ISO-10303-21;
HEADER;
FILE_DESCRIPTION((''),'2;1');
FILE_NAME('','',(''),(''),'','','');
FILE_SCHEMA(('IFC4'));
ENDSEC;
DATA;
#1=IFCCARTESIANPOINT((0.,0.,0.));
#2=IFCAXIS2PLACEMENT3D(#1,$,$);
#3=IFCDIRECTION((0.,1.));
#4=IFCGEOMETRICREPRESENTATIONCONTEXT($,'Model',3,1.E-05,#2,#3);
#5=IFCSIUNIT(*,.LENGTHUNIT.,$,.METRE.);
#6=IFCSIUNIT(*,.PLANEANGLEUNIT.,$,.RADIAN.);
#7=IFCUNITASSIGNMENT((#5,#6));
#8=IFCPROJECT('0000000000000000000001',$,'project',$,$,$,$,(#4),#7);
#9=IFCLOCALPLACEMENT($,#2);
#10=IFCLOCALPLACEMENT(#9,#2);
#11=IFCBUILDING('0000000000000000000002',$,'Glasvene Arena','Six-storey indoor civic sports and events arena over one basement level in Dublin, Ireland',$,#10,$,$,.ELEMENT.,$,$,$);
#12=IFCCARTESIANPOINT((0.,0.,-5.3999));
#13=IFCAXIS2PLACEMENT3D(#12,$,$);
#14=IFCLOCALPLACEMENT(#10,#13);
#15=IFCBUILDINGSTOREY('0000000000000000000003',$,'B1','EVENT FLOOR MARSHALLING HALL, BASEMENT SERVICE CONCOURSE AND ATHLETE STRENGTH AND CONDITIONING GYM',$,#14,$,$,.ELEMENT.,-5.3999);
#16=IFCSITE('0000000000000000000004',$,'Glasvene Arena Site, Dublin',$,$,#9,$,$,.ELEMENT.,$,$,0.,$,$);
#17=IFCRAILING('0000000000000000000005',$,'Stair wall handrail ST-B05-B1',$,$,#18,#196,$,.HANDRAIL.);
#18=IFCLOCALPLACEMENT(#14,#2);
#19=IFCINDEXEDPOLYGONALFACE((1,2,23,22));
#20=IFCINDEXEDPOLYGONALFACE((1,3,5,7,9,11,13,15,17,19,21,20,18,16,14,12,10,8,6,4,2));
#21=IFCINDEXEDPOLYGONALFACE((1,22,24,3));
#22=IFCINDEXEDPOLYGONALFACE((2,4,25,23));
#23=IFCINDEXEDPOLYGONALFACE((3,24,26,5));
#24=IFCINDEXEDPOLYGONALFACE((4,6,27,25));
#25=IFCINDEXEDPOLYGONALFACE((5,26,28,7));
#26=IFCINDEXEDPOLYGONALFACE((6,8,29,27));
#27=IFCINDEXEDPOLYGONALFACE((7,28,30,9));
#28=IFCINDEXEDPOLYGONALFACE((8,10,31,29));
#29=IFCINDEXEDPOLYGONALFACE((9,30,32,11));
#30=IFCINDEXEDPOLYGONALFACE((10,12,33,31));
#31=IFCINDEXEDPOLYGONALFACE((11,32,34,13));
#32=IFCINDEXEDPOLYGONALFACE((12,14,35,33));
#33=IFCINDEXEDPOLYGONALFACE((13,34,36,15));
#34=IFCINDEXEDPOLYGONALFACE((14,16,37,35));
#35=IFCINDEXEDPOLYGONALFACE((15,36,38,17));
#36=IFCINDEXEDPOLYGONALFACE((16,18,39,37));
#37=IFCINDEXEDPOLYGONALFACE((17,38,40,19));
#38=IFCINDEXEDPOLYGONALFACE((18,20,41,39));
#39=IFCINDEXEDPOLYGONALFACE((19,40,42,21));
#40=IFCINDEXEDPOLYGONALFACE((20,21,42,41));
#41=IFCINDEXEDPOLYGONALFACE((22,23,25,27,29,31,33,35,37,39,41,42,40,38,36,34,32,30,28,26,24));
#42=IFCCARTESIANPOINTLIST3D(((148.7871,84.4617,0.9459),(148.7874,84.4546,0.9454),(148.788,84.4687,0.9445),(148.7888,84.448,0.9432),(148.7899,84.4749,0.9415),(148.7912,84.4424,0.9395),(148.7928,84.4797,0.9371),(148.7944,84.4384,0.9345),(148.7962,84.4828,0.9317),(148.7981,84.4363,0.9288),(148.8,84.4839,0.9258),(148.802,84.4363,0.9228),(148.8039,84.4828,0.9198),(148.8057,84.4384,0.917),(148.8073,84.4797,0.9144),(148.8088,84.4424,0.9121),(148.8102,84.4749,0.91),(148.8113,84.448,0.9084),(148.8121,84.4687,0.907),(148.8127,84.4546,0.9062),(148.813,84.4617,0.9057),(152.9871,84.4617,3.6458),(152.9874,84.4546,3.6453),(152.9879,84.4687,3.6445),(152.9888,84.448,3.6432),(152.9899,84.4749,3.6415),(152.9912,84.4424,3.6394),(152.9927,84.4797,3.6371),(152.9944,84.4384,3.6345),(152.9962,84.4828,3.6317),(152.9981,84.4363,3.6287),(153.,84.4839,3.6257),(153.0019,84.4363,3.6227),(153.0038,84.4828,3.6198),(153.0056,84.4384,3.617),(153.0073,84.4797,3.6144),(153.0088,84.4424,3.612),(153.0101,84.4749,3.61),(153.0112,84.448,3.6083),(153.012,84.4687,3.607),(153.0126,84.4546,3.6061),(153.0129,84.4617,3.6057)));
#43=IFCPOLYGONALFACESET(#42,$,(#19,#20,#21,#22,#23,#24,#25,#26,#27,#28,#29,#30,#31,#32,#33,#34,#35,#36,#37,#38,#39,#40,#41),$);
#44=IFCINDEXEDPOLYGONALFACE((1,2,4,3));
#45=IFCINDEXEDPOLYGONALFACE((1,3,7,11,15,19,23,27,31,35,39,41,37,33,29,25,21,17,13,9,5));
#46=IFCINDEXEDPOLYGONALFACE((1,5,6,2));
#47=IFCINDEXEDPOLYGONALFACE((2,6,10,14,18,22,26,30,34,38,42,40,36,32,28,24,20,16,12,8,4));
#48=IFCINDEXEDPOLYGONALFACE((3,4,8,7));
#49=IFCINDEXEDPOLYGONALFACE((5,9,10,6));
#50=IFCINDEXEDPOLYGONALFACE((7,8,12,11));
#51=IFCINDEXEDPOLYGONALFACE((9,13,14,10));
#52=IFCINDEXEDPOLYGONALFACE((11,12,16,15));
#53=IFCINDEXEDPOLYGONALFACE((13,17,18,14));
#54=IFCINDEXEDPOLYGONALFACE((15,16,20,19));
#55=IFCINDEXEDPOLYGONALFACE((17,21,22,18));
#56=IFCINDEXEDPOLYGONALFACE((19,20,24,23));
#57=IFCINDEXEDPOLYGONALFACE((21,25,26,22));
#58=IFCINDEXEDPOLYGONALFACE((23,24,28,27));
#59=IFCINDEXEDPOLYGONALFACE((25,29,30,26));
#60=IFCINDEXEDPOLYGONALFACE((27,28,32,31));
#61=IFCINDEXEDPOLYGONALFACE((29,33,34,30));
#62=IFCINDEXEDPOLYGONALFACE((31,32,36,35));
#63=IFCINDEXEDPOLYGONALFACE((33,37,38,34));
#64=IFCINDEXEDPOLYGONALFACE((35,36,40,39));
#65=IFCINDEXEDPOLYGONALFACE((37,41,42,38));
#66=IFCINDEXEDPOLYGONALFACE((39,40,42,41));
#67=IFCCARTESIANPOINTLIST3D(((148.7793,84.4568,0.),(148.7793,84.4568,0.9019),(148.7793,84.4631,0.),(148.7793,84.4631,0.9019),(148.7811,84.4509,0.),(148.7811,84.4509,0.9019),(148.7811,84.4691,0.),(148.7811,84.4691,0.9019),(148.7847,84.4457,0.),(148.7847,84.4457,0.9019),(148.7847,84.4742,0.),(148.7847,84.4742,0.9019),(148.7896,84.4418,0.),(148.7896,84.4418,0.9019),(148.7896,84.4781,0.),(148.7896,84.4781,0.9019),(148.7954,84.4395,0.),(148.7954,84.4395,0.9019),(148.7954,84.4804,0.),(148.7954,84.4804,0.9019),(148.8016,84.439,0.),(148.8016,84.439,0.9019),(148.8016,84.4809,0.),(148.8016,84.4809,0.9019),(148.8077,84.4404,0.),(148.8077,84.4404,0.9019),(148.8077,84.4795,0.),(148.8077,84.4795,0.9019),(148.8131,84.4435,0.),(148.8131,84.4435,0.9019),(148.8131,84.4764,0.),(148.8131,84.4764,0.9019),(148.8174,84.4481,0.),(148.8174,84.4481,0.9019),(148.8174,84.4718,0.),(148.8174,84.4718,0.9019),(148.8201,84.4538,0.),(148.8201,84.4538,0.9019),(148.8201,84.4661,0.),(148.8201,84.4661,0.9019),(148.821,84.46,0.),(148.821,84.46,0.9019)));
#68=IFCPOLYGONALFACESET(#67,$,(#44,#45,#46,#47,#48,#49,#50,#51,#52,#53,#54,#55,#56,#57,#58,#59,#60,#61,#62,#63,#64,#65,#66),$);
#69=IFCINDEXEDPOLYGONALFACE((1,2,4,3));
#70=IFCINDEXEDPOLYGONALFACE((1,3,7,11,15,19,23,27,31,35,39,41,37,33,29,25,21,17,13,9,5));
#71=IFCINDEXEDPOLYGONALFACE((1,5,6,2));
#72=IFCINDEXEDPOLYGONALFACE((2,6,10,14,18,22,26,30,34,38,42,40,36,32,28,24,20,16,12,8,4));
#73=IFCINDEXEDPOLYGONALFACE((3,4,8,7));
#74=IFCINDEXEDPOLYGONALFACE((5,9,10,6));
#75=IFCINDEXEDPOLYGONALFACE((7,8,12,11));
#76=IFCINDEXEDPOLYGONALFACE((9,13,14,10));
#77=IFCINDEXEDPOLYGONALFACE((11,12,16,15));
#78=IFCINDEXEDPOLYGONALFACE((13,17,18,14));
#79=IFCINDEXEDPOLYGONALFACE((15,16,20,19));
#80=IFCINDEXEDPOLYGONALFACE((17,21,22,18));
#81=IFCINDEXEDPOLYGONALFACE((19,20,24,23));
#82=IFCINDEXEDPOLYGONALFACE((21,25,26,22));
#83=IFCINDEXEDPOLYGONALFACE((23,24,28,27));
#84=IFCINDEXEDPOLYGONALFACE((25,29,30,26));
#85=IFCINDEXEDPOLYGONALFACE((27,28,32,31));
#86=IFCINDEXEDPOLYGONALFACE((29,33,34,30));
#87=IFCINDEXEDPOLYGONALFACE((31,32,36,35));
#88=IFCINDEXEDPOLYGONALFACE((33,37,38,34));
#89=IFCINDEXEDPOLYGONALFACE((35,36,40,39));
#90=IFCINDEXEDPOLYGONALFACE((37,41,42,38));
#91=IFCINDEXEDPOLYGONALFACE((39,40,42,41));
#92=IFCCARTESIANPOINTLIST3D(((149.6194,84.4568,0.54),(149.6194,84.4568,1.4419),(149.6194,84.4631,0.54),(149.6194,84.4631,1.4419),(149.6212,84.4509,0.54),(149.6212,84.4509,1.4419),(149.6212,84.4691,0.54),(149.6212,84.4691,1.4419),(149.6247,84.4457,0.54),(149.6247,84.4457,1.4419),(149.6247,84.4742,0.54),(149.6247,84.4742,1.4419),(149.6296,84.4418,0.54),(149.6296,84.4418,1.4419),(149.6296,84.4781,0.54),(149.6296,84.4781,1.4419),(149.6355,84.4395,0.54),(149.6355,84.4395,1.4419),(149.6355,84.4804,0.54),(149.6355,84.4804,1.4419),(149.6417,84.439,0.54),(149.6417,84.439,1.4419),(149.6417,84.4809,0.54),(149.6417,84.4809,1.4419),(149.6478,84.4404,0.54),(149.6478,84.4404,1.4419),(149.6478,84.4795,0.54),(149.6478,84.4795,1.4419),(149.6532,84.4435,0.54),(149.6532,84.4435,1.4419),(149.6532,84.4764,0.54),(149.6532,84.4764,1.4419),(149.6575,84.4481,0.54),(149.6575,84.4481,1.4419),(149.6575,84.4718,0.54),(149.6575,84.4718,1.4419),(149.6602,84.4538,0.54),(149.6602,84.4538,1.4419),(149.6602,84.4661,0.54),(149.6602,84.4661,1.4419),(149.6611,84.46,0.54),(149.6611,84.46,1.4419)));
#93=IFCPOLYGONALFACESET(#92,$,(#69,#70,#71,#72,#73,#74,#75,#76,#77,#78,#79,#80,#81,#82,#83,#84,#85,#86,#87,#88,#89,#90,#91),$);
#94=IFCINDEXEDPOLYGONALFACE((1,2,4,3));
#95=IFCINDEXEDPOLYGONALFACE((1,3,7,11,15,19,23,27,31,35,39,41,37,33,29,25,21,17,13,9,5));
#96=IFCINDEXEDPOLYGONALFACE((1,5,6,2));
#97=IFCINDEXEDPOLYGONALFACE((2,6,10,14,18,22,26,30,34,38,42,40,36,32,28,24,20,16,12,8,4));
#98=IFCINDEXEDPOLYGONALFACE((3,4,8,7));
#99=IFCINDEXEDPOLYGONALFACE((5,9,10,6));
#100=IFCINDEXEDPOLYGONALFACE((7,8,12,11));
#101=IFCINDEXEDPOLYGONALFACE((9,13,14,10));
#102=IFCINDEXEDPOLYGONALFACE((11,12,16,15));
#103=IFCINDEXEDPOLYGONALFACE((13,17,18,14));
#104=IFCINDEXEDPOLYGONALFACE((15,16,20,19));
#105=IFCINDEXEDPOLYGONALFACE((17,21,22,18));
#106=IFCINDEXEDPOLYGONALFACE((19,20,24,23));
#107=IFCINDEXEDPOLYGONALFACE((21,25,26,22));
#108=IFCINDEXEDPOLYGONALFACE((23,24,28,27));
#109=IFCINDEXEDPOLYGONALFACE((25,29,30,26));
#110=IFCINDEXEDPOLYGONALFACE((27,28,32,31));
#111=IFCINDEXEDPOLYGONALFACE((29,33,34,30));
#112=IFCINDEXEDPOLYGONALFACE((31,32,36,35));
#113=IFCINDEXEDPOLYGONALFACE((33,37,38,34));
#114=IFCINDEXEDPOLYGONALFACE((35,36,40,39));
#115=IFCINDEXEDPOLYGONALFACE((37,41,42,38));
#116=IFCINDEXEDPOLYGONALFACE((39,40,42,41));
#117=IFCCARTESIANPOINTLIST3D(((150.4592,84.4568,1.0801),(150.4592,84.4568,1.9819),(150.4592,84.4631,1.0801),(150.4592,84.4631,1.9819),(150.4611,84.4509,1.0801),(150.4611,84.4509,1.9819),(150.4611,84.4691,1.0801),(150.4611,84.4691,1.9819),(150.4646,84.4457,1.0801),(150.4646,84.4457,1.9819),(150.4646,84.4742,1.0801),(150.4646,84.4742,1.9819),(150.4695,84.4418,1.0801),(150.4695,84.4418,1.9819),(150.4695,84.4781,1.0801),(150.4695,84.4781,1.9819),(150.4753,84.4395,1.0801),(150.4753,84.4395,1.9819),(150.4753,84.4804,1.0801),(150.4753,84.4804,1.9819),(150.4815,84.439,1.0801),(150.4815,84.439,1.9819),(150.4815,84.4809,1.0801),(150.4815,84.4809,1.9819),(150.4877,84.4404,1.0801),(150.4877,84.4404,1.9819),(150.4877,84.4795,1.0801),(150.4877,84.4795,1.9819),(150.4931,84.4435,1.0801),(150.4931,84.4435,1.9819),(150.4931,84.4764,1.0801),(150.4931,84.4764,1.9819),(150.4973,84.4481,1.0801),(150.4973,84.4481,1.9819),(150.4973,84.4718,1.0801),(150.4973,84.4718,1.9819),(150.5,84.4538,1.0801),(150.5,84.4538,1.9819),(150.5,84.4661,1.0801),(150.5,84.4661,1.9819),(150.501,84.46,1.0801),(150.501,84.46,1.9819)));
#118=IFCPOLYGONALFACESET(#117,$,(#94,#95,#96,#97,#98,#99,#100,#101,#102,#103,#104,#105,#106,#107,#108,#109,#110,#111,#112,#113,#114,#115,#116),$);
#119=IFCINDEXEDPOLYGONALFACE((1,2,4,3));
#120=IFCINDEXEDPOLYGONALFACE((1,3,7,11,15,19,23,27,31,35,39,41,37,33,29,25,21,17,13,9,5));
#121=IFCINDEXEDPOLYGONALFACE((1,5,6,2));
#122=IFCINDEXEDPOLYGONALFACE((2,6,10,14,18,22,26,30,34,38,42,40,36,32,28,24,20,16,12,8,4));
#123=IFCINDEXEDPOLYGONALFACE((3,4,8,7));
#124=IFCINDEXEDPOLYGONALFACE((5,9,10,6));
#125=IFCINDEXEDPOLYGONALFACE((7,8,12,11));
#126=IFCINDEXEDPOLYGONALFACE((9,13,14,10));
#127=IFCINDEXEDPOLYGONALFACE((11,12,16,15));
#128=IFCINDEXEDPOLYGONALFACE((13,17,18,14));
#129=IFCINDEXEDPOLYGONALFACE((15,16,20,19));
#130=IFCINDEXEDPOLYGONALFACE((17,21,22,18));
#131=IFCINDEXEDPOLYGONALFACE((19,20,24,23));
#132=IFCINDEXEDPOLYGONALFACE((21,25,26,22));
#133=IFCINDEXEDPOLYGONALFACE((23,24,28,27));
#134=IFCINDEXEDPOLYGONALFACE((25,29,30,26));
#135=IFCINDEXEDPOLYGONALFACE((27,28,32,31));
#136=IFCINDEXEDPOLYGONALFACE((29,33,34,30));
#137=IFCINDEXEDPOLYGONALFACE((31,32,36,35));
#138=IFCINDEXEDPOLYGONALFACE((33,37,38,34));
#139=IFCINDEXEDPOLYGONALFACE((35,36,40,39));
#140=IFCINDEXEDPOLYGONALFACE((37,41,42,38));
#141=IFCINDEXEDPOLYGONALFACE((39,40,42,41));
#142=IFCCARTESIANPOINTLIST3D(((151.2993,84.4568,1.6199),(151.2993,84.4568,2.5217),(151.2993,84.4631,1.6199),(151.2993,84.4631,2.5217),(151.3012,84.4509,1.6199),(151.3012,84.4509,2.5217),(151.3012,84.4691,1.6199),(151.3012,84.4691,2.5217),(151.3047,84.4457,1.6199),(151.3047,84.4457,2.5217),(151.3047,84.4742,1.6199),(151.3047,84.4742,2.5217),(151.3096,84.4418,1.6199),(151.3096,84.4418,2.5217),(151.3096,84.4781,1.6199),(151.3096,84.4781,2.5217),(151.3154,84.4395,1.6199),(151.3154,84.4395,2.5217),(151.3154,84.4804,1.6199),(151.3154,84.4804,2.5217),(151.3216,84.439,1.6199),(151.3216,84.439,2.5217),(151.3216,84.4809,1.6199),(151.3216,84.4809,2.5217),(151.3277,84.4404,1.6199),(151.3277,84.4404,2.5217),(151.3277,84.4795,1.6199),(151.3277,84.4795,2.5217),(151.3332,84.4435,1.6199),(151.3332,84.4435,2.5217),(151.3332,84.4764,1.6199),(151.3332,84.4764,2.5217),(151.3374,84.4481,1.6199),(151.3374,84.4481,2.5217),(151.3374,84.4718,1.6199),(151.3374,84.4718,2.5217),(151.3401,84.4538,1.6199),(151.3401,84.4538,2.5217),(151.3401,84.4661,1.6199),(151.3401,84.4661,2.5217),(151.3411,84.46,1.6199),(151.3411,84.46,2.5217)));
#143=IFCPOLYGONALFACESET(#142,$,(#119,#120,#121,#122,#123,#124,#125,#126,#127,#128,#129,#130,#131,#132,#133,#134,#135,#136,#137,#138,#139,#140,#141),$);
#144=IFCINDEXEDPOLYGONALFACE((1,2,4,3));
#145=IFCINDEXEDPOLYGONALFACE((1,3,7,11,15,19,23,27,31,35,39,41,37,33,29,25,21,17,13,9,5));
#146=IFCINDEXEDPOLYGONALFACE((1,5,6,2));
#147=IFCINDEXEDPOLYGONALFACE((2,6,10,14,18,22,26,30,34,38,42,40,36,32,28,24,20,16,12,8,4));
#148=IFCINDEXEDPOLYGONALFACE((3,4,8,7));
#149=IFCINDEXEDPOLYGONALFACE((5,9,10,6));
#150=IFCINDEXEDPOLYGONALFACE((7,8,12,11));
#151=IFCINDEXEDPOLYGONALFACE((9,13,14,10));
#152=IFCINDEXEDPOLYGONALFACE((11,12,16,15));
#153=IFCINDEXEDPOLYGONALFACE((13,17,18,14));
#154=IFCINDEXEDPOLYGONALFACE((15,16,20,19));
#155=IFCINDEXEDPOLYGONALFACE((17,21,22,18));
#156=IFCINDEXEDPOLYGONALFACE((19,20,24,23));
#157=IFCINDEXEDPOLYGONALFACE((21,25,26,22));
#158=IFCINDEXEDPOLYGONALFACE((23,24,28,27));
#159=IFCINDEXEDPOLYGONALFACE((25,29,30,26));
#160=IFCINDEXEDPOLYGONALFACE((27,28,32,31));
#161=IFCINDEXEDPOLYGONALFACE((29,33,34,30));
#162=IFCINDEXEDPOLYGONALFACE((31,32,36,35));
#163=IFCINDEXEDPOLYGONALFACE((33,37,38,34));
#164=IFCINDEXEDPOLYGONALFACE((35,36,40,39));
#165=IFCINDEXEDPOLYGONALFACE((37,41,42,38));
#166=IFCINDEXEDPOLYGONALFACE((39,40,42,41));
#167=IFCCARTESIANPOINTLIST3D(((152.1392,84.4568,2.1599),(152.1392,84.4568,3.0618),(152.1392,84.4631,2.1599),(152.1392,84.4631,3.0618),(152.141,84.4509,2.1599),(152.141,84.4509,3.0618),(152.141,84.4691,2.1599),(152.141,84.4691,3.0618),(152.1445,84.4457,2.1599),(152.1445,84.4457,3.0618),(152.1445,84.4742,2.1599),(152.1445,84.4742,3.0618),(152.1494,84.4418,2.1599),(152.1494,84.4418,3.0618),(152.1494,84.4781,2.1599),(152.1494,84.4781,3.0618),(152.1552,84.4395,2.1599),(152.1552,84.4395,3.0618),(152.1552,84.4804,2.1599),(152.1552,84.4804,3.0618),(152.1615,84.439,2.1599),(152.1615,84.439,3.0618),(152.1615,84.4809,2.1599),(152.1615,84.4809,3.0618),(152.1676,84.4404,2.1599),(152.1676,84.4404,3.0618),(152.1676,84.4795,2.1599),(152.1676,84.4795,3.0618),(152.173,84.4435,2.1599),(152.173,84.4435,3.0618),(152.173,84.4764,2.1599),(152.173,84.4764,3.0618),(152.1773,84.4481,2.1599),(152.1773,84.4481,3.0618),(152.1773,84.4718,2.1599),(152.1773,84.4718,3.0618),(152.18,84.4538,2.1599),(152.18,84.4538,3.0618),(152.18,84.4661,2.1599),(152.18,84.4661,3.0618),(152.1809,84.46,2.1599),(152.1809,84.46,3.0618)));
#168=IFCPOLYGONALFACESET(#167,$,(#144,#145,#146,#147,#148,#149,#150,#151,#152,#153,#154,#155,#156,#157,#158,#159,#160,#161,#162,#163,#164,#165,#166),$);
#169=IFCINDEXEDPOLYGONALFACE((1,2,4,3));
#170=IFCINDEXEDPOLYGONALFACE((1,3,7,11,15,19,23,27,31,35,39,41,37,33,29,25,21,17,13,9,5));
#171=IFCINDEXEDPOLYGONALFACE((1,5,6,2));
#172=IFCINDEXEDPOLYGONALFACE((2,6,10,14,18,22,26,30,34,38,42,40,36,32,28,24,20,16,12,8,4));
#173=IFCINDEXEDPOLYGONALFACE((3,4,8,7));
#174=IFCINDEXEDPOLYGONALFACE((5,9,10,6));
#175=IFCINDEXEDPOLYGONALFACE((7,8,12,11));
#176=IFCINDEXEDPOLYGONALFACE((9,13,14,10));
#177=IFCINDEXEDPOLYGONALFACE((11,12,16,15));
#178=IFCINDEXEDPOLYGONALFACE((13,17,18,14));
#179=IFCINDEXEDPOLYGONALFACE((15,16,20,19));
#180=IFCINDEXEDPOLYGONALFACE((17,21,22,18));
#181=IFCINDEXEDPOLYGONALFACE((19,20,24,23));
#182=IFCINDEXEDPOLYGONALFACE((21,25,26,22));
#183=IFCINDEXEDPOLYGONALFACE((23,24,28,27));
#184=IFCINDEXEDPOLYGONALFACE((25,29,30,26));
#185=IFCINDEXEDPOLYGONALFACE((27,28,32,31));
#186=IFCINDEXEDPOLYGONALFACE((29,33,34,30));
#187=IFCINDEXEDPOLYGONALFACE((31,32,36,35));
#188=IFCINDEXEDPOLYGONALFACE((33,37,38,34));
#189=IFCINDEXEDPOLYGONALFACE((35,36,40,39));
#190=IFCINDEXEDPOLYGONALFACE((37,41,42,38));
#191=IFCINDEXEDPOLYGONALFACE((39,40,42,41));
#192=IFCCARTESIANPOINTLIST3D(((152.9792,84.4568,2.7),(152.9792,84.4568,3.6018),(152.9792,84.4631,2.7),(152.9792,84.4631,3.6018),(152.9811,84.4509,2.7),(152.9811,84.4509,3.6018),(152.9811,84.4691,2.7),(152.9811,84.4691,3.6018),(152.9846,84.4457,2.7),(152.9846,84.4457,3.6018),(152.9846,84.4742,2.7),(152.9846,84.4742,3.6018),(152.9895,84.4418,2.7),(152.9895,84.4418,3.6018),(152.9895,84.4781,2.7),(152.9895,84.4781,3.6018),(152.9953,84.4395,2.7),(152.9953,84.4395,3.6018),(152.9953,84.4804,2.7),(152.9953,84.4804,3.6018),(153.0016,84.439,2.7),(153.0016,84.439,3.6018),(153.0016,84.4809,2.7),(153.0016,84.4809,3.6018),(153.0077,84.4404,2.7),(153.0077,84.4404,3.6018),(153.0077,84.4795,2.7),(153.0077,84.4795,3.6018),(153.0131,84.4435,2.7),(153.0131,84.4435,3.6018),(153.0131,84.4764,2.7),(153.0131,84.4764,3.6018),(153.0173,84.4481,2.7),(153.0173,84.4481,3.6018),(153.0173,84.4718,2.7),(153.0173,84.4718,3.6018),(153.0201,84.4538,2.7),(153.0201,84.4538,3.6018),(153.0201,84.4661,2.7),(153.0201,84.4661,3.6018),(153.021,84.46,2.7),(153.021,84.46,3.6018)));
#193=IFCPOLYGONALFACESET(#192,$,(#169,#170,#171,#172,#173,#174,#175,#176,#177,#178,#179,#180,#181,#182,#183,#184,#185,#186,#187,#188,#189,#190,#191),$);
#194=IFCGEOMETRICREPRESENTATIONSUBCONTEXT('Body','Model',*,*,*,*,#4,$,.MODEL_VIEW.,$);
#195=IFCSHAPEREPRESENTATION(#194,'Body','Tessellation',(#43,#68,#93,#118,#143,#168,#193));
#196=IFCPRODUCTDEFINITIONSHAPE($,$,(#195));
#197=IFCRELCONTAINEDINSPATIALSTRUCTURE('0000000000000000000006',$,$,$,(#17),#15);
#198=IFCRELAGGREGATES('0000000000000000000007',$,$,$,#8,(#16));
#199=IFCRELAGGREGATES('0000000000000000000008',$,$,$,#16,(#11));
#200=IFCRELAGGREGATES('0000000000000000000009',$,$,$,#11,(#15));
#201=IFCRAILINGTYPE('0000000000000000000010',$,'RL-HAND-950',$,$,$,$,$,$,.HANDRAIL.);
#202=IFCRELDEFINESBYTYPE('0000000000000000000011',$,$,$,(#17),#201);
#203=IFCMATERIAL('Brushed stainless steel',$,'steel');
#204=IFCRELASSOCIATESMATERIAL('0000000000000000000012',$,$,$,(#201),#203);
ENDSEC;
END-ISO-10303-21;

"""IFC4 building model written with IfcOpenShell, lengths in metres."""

from ifc_helpers import new_model, si_unit, direction, frame, origin, origin_2d, place, context, subcontext, project, spatial, circle, extrude, material, type_object, element, save


model = new_model("IFC4")

# Units and contexts
model_context = context("Model", 3, precision=1e-05, world=origin(), true_north=direction((0.0, 1.0)))
body_context = subcontext(model_context, "Body", "Model", "MODEL_VIEW")
ifc_project = project(units=[si_unit("LENGTHUNIT", "METRE"), si_unit("PLANEANGLEUNIT", "RADIAN")], contexts=[model_context])

# Site, building, storey
site_placement = place(None, origin())
site = spatial("IfcSite", under=ifc_project, at=site_placement, Name="Glasvene Arena Site, Dublin", CompositionType="ELEMENT", RefElevation=0.0)
building_placement = place(site_placement, origin())
building = spatial("IfcBuilding", under=site, at=building_placement, Name="Glasvene Arena", Description="Six-storey indoor civic sports and events arena over one basement level in Dublin, Ireland", CompositionType="ELEMENT")
storey_placement = place(building_placement, frame((0.0, 0.0, -5.3999)))
storey = spatial("IfcBuildingStorey", under=building, at=storey_placement, Name="B1", Description="EVENT FLOOR MARSHALLING HALL, BASEMENT SERVICE CONCOURSE AND ATHLETE STRENGTH AND CONDITIONING GYM", CompositionType="ELEMENT", Elevation=-5.3999)

# Railing
ifc_material_1 = material(Name="Brushed stainless steel", Category="steel")
railing_type_1 = type_object("IfcRailingType", Name="RL-HAND-950", PredefinedType="HANDRAIL", material=ifc_material_1)
railing_1_placement = place(storey_placement, frame((148.8, 84.46, 0.0)))
element("IfcRailing", 1, at=railing_1_placement, inside=storey, type_object=railing_type_1, Name="Stair wall handrail ST-B05-B1", PredefinedType="HANDRAIL", context=body_context, shape_type="SweptSolid", body=[
    extrude(circle(Radius=0.0239, at=origin_2d()), frame((0.0, 0.0, 0.9258), z_axis=(0.84118, 0.0, 0.540755), x_axis=(0.0, 1.0, 0.0)), (0.0, 0.0, 1.0), 4.9929),
    extrude(circle(Radius=0.021, at=origin_2d()), origin(), (0.0, 0.0, 1.0), 0.9019),
    extrude(circle(Radius=0.021, at=origin_2d()), frame((0.8401, 0.0, 0.54)), (0.0, 0.0, 1.0), 0.9019),
    extrude(circle(Radius=0.021, at=origin_2d()), frame((1.6799, 0.0, 1.0801)), (0.0, 0.0, 1.0), 0.9019),
    extrude(circle(Radius=0.021, at=origin_2d()), frame((2.52, 0.0, 1.6199)), (0.0, 0.0, 1.0), 0.9019),
    extrude(circle(Radius=0.021, at=origin_2d()), frame((3.3599, 0.0, 2.1599)), (0.0, 0.0, 1.0), 0.9019),
    extrude(circle(Radius=0.021, at=origin_2d()), frame((4.2, 0.0, 2.7)), (0.0, 0.0, 1.0), 0.9019),
])

save(model, "model.ifc")
